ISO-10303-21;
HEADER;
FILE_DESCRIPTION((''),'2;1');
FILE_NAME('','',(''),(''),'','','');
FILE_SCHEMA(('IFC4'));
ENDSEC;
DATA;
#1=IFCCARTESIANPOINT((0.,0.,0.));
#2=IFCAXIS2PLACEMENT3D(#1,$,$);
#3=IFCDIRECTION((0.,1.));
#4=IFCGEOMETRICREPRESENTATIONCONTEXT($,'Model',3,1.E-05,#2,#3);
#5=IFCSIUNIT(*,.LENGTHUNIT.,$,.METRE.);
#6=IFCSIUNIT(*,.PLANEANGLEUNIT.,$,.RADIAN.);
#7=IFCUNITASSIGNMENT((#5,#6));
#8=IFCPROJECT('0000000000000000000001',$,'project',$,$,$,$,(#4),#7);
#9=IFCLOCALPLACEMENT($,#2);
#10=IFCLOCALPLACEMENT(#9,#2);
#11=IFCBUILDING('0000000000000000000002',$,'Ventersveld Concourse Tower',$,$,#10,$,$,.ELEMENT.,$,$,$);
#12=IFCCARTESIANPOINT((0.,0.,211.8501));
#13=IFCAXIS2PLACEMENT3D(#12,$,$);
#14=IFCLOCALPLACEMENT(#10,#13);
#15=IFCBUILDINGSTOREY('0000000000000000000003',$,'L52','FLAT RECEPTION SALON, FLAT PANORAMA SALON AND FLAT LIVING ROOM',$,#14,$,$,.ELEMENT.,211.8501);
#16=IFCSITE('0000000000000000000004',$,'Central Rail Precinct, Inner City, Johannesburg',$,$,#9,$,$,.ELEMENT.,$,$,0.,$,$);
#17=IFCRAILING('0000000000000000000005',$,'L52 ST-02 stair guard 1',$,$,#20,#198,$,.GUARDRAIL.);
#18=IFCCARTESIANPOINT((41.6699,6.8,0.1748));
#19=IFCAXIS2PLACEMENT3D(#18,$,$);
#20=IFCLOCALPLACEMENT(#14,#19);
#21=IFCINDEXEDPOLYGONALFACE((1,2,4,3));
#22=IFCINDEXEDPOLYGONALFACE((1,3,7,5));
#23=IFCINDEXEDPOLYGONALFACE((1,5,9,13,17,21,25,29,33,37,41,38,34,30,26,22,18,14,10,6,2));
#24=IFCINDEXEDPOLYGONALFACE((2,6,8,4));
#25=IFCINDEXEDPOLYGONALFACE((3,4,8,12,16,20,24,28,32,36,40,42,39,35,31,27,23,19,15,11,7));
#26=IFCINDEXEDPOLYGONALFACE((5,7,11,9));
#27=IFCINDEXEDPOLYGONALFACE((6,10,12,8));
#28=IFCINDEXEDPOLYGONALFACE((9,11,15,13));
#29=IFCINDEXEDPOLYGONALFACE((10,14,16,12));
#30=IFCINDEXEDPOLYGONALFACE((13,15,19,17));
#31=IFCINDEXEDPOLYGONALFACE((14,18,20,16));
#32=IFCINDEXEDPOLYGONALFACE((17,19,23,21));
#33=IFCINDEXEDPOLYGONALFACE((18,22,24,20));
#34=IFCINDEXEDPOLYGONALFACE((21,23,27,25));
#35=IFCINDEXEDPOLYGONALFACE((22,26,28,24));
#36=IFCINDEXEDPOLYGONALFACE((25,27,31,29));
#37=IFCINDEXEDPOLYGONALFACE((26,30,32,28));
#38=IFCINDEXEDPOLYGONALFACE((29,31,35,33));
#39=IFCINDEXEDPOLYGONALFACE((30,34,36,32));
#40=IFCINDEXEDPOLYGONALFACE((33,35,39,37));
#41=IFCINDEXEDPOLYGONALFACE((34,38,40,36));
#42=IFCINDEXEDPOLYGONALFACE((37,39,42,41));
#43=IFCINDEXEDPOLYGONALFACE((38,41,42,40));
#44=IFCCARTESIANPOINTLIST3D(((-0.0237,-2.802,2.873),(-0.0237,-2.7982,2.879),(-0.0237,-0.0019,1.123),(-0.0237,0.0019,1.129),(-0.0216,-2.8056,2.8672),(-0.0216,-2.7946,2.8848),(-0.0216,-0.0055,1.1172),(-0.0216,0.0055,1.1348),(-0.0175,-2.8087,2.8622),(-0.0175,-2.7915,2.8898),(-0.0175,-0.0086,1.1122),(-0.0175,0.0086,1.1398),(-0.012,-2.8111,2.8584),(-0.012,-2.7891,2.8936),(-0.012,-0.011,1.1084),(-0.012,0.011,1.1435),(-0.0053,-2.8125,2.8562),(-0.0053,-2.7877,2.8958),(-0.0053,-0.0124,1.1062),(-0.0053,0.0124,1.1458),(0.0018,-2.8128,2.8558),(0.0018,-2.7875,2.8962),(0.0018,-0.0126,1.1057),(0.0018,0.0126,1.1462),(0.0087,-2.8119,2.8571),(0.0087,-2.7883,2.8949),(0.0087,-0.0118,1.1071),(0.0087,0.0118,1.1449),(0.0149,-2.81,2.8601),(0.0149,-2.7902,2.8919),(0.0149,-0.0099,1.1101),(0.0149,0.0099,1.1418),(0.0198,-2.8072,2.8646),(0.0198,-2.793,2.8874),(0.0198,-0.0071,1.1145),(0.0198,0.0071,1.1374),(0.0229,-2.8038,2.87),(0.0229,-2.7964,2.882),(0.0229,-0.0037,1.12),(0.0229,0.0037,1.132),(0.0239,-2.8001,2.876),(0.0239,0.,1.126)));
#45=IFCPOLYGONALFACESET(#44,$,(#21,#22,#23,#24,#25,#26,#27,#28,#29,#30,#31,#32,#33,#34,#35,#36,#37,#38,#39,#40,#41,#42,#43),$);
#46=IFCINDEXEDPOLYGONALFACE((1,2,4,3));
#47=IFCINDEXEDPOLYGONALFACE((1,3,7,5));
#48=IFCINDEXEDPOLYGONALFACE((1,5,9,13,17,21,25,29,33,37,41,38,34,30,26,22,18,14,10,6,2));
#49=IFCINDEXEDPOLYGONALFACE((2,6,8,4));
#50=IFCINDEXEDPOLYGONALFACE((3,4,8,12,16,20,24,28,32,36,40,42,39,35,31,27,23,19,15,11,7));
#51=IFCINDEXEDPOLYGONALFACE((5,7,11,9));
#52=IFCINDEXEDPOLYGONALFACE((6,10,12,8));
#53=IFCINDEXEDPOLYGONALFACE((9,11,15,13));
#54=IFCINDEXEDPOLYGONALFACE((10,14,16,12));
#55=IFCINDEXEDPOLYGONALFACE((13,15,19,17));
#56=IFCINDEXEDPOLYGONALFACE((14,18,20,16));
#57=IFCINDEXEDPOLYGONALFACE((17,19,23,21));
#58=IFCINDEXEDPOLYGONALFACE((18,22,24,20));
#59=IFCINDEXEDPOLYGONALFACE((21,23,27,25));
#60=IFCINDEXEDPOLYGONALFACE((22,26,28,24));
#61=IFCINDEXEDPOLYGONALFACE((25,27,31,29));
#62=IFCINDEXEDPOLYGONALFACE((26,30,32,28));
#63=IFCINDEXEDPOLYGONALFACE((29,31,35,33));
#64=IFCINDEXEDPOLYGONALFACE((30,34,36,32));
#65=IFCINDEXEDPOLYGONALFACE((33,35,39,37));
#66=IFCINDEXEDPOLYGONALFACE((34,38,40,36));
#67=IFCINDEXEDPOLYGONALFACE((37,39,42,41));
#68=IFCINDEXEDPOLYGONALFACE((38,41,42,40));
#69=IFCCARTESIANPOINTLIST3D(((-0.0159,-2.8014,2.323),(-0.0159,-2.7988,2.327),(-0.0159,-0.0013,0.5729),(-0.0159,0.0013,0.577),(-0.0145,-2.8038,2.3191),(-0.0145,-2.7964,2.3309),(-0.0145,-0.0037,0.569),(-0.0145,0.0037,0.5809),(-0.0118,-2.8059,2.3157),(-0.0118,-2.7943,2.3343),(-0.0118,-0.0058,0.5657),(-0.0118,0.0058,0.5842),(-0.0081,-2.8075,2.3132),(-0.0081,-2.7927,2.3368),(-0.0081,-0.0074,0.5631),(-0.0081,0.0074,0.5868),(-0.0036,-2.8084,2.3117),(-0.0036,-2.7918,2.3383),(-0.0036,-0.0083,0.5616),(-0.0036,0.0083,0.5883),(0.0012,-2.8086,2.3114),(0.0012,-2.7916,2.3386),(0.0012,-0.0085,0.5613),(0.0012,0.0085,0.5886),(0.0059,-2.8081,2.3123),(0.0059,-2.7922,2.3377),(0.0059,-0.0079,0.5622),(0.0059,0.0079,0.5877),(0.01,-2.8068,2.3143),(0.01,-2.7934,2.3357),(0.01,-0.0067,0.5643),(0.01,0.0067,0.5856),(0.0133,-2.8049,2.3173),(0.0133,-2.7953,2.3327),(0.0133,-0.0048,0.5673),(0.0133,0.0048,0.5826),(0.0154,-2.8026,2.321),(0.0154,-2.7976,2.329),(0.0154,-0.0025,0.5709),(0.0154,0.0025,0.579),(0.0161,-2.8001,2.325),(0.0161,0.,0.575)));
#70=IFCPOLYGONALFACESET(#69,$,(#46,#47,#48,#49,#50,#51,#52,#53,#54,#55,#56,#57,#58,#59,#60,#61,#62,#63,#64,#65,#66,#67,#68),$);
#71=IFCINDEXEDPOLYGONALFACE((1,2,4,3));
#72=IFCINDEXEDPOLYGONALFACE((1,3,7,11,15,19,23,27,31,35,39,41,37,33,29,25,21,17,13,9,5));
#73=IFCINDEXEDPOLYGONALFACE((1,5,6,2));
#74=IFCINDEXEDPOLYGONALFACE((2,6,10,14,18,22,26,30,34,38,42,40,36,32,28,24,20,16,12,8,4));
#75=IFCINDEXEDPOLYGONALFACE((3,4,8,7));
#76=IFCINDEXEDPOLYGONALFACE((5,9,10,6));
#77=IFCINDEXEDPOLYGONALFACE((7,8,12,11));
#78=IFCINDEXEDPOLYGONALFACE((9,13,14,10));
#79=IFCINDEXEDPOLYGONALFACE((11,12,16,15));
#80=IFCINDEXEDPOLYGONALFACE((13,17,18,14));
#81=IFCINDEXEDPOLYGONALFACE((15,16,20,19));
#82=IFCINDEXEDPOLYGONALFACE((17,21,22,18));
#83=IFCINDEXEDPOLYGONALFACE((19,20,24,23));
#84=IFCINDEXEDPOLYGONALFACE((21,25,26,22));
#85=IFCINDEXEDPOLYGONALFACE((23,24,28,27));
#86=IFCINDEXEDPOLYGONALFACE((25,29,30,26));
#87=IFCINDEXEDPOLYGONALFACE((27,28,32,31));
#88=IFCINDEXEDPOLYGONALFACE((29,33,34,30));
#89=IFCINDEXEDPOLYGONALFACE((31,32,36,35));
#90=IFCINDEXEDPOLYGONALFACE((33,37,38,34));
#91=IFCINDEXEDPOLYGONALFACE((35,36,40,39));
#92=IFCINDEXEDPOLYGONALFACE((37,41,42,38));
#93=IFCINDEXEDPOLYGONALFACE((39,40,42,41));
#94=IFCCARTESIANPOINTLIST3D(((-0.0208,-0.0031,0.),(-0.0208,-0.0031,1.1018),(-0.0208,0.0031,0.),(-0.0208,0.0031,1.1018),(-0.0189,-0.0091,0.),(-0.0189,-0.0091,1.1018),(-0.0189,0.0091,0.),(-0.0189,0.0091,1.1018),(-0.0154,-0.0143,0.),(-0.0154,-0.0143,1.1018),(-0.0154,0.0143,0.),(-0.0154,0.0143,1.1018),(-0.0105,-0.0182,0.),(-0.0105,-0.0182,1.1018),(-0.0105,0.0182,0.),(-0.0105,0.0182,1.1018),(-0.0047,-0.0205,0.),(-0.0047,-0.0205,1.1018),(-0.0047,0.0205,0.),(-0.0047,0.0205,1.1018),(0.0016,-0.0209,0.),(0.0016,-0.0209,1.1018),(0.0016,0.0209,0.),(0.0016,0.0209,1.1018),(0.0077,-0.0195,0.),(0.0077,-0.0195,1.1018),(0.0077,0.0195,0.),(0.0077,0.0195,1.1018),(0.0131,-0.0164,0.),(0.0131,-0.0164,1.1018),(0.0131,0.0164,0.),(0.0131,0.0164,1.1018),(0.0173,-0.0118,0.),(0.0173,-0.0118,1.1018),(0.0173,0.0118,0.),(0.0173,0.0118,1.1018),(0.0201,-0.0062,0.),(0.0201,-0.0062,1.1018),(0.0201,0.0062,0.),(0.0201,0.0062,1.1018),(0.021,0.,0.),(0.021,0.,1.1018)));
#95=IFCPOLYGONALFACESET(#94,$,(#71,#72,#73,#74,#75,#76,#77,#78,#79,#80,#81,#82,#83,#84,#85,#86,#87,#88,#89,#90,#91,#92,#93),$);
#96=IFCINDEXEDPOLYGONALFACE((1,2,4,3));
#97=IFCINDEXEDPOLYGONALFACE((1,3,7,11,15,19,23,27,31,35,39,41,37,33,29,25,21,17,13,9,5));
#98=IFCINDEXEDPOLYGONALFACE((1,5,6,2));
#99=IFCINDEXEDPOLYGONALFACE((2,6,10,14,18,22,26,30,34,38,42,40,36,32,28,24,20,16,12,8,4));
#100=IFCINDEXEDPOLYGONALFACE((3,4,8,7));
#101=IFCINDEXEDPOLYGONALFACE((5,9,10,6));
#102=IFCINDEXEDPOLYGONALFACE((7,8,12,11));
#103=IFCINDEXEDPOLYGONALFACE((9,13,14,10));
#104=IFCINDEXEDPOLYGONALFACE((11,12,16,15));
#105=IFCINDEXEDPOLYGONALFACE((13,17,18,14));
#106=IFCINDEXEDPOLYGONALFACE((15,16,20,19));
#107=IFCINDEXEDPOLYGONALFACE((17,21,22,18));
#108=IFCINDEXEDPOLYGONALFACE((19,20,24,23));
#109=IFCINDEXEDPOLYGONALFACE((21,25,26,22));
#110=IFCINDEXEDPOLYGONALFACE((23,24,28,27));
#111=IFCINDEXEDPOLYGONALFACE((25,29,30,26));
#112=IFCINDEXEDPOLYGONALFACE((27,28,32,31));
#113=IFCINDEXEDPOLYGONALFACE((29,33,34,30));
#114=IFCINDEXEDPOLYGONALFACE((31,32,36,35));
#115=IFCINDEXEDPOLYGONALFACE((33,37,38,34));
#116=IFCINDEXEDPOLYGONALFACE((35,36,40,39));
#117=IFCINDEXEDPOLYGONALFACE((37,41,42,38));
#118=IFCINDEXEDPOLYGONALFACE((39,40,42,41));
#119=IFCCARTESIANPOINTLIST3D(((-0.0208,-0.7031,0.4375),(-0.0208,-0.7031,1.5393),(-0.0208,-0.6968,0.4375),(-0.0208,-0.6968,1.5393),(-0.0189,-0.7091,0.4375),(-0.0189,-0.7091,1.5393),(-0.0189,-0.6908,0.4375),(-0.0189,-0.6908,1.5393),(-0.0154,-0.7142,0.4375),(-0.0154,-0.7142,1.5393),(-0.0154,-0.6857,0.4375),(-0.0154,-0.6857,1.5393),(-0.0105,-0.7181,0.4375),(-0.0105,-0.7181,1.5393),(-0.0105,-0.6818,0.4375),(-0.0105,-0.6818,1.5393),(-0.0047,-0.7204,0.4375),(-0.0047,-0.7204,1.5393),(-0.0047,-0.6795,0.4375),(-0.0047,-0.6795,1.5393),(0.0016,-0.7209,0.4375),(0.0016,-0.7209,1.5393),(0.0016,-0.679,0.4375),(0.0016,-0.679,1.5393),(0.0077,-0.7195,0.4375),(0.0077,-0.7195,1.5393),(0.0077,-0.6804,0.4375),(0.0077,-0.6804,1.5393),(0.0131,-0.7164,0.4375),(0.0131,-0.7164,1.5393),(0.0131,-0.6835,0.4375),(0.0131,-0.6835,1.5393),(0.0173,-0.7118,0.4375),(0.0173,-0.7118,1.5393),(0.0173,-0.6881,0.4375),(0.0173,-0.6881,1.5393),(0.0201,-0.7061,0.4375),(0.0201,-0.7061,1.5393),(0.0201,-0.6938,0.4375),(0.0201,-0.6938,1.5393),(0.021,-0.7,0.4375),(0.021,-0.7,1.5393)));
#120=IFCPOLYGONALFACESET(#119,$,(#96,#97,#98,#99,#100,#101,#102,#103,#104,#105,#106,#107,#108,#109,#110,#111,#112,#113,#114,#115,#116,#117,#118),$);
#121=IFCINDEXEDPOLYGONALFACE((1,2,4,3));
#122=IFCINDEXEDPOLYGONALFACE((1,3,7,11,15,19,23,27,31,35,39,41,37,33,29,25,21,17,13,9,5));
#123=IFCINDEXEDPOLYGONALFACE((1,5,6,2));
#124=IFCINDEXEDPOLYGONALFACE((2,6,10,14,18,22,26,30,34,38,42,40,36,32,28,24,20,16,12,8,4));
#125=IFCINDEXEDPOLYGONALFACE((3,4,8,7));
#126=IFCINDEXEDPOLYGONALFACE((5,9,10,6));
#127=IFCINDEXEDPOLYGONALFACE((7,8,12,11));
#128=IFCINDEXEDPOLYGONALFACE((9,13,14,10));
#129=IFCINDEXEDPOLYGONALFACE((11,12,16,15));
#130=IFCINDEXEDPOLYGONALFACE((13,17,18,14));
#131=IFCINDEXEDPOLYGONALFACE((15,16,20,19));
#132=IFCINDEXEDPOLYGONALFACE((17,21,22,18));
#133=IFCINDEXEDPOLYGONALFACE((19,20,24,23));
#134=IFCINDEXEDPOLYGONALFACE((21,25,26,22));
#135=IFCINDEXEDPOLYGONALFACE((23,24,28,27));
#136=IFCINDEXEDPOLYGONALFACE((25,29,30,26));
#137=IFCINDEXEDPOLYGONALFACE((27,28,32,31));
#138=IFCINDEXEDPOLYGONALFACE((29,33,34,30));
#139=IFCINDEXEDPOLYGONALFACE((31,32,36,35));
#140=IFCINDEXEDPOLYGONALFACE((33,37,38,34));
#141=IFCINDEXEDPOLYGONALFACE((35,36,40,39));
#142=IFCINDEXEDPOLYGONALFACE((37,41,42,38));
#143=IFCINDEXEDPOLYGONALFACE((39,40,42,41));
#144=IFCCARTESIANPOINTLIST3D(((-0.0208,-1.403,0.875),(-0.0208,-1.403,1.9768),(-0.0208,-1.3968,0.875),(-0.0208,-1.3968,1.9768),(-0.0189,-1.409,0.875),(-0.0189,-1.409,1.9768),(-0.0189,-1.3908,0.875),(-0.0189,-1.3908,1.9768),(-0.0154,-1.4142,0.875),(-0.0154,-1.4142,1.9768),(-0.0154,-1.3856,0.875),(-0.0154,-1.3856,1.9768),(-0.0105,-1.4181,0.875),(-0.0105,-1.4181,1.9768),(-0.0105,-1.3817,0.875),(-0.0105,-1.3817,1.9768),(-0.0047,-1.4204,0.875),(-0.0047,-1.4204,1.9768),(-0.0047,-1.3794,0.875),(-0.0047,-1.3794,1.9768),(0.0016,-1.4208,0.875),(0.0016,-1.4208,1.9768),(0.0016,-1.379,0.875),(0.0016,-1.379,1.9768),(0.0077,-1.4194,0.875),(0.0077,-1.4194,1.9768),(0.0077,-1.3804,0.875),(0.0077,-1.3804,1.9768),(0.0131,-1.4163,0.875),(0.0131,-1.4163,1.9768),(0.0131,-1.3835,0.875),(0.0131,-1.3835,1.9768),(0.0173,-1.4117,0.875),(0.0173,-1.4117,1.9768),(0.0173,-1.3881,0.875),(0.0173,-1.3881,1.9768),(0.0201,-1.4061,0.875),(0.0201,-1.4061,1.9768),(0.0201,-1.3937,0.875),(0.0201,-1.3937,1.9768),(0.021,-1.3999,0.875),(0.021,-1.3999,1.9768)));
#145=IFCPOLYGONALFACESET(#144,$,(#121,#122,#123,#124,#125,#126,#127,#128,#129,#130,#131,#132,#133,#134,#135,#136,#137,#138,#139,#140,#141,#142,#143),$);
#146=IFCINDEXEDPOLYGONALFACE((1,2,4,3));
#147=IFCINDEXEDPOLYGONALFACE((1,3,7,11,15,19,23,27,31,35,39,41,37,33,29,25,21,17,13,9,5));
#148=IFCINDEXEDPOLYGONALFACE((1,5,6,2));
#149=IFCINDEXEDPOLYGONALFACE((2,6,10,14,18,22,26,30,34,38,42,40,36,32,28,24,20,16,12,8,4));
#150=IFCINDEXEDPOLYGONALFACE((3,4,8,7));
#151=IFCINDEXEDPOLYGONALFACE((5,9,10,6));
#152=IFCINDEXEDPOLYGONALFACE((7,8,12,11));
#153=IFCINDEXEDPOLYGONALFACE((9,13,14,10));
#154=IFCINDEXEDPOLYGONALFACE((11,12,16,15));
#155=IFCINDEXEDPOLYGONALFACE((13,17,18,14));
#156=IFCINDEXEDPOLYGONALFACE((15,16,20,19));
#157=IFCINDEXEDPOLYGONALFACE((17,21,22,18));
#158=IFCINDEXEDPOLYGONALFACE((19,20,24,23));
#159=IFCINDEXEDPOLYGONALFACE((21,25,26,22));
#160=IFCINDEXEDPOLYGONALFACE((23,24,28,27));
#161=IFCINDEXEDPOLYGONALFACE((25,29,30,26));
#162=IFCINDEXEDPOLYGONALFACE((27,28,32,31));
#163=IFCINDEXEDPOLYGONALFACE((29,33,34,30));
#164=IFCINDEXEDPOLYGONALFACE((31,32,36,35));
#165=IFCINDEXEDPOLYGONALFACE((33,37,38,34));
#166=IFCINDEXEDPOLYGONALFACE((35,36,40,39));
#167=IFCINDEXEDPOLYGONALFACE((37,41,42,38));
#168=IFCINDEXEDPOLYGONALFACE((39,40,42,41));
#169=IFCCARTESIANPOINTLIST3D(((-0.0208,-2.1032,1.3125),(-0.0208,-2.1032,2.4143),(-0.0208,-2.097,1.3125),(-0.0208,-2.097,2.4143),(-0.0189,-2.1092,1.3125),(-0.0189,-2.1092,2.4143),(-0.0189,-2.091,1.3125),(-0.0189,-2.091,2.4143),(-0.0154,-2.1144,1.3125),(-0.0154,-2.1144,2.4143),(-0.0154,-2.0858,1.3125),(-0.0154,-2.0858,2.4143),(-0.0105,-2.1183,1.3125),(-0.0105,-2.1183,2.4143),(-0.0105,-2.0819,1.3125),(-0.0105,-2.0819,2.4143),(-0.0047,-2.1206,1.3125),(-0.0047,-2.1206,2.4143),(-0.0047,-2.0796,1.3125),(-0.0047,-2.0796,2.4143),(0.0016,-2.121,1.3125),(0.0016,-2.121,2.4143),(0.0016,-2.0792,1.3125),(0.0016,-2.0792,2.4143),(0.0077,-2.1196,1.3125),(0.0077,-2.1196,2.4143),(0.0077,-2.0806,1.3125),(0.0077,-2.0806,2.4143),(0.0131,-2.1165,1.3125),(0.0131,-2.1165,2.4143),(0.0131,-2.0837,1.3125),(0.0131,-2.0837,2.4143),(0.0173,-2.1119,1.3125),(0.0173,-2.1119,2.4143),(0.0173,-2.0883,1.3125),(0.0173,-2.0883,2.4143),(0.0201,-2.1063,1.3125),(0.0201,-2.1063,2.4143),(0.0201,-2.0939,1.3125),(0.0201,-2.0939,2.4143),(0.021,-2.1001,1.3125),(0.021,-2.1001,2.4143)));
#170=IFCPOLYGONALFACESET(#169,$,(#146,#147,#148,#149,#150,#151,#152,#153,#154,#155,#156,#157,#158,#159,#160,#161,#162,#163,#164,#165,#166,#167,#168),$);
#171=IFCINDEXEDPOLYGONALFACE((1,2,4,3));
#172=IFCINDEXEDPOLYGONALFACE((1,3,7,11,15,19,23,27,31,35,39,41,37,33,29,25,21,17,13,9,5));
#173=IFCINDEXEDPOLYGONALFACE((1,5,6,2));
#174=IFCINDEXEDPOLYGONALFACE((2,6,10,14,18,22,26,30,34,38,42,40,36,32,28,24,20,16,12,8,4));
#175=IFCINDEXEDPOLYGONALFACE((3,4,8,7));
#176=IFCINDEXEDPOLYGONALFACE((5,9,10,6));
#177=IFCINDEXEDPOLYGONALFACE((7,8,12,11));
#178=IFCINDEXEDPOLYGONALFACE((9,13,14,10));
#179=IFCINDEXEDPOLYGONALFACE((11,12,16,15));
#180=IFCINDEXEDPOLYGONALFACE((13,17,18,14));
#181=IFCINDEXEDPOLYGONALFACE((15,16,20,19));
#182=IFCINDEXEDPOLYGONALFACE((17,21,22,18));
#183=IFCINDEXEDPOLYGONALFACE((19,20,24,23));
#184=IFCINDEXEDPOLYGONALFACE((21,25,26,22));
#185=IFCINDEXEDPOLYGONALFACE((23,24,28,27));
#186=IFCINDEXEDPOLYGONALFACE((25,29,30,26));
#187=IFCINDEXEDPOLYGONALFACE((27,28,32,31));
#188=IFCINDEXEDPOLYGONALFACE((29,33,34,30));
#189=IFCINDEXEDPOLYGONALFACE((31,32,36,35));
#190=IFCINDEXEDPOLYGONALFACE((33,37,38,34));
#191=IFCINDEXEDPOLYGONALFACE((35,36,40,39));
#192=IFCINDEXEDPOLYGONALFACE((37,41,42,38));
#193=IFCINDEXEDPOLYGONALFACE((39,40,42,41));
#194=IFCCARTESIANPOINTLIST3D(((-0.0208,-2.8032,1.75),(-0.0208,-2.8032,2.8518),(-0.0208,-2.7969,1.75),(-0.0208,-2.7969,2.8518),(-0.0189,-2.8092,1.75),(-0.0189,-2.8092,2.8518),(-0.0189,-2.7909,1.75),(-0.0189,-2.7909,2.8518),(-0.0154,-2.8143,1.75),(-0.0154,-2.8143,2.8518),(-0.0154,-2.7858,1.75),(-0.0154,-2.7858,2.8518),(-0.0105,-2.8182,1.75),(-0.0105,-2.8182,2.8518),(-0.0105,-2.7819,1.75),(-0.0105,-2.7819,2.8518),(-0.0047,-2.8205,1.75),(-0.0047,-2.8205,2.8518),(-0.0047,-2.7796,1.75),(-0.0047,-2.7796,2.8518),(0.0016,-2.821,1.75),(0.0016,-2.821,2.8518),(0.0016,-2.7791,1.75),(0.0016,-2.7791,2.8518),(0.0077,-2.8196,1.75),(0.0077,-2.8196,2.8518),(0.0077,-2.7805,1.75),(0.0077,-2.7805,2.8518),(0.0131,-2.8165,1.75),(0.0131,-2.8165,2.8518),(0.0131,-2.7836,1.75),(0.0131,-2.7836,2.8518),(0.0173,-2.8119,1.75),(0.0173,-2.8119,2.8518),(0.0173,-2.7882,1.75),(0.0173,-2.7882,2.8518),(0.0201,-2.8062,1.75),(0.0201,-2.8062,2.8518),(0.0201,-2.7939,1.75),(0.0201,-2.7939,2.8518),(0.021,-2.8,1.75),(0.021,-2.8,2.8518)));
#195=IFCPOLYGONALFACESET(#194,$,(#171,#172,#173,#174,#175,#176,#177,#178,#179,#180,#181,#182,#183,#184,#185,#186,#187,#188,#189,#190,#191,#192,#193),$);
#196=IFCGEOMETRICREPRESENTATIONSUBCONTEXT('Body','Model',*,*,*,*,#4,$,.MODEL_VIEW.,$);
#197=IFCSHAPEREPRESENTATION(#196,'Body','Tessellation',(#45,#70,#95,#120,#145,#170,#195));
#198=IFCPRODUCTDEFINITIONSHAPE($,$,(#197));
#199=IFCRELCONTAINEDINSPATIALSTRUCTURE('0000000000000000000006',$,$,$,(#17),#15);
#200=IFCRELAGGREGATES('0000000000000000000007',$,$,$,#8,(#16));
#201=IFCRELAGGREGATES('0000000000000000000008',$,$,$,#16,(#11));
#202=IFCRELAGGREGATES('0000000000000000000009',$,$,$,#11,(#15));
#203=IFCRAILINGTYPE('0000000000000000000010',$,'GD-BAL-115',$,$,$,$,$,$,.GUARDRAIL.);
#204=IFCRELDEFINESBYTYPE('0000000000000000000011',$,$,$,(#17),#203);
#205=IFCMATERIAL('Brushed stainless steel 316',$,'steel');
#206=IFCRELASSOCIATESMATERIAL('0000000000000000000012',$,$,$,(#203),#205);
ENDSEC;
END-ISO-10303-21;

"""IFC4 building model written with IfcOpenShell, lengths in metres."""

from ifc_helpers import new_model, si_unit, direction, frame, origin, origin_2d, place, context, subcontext, project, spatial, circle, extrude, material, type_object, element, save


model = new_model("IFC4")

# Units and contexts
model_context = context("Model", 3, precision=1e-05, world=origin(), true_north=direction((0.0, 1.0)))
body_context = subcontext(model_context, "Body", "Model", "MODEL_VIEW")
ifc_project = project(units=[si_unit("LENGTHUNIT", "METRE"), si_unit("PLANEANGLEUNIT", "RADIAN")], contexts=[model_context])

# Site, building, storey
site_placement = place(None, origin())
site = spatial("IfcSite", under=ifc_project, at=site_placement, Name="Central Rail Precinct, Inner City, Johannesburg", CompositionType="ELEMENT", RefElevation=0.0)
building_placement = place(site_placement, origin())
building = spatial("IfcBuilding", under=site, at=building_placement, Name="Ventersveld Concourse Tower", CompositionType="ELEMENT")
storey_placement = place(building_placement, frame((0.0, 0.0, 211.8501)))
storey = spatial("IfcBuildingStorey", under=building, at=storey_placement, Name="L52", Description="FLAT RECEPTION SALON, FLAT PANORAMA SALON AND FLAT LIVING ROOM", CompositionType="ELEMENT", Elevation=211.8501)

# Shared definitions
ifc_material_1 = material(Name="Brushed stainless steel 316", Category="steel")

# Railing
railing_type_1 = type_object("IfcRailingType", Name="GD-BAL-115", PredefinedType="GUARDRAIL", material=ifc_material_1)
railing_1_placement = place(storey_placement, frame((41.6699, 6.8, 0.1748)))
element("IfcRailing", 1, at=railing_1_placement, inside=storey, type_object=railing_type_1, Name="L52 ST-02 stair guard 1", PredefinedType="GUARDRAIL", context=body_context, shape_type="SweptSolid", body=[
    extrude(circle(Radius=0.0239, at=origin_2d()), frame((0.0, 0.0, 1.126), z_axis=(0.0, -0.848002, 0.529992), x_axis=(1.0, 0.0, 0.0)), (0.0, 0.0, 1.0), 3.302),
    extrude(circle(Radius=0.0161, at=origin_2d()), frame((0.0, 0.0, 0.575), z_axis=(0.0, -0.848002, 0.529992), x_axis=(1.0, 0.0, 0.0)), (0.0, 0.0, 1.0), 3.302),
    extrude(circle(Radius=0.021, at=origin_2d()), origin(), (0.0, 0.0, 1.0), 1.1018),
    extrude(circle(Radius=0.021, at=origin_2d()), frame((0.0, -0.7, 0.4375)), (0.0, 0.0, 1.0), 1.1018),
    extrude(circle(Radius=0.021, at=origin_2d()), frame((0.0, -1.3999, 0.875)), (0.0, 0.0, 1.0), 1.1018),
    extrude(circle(Radius=0.021, at=origin_2d()), frame((0.0, -2.1001, 1.3125)), (0.0, 0.0, 1.0), 1.1018),
    extrude(circle(Radius=0.021, at=origin_2d()), frame((0.0, -2.8, 1.75)), (0.0, 0.0, 1.0), 1.1018),
])

save(model, "model.ifc")
